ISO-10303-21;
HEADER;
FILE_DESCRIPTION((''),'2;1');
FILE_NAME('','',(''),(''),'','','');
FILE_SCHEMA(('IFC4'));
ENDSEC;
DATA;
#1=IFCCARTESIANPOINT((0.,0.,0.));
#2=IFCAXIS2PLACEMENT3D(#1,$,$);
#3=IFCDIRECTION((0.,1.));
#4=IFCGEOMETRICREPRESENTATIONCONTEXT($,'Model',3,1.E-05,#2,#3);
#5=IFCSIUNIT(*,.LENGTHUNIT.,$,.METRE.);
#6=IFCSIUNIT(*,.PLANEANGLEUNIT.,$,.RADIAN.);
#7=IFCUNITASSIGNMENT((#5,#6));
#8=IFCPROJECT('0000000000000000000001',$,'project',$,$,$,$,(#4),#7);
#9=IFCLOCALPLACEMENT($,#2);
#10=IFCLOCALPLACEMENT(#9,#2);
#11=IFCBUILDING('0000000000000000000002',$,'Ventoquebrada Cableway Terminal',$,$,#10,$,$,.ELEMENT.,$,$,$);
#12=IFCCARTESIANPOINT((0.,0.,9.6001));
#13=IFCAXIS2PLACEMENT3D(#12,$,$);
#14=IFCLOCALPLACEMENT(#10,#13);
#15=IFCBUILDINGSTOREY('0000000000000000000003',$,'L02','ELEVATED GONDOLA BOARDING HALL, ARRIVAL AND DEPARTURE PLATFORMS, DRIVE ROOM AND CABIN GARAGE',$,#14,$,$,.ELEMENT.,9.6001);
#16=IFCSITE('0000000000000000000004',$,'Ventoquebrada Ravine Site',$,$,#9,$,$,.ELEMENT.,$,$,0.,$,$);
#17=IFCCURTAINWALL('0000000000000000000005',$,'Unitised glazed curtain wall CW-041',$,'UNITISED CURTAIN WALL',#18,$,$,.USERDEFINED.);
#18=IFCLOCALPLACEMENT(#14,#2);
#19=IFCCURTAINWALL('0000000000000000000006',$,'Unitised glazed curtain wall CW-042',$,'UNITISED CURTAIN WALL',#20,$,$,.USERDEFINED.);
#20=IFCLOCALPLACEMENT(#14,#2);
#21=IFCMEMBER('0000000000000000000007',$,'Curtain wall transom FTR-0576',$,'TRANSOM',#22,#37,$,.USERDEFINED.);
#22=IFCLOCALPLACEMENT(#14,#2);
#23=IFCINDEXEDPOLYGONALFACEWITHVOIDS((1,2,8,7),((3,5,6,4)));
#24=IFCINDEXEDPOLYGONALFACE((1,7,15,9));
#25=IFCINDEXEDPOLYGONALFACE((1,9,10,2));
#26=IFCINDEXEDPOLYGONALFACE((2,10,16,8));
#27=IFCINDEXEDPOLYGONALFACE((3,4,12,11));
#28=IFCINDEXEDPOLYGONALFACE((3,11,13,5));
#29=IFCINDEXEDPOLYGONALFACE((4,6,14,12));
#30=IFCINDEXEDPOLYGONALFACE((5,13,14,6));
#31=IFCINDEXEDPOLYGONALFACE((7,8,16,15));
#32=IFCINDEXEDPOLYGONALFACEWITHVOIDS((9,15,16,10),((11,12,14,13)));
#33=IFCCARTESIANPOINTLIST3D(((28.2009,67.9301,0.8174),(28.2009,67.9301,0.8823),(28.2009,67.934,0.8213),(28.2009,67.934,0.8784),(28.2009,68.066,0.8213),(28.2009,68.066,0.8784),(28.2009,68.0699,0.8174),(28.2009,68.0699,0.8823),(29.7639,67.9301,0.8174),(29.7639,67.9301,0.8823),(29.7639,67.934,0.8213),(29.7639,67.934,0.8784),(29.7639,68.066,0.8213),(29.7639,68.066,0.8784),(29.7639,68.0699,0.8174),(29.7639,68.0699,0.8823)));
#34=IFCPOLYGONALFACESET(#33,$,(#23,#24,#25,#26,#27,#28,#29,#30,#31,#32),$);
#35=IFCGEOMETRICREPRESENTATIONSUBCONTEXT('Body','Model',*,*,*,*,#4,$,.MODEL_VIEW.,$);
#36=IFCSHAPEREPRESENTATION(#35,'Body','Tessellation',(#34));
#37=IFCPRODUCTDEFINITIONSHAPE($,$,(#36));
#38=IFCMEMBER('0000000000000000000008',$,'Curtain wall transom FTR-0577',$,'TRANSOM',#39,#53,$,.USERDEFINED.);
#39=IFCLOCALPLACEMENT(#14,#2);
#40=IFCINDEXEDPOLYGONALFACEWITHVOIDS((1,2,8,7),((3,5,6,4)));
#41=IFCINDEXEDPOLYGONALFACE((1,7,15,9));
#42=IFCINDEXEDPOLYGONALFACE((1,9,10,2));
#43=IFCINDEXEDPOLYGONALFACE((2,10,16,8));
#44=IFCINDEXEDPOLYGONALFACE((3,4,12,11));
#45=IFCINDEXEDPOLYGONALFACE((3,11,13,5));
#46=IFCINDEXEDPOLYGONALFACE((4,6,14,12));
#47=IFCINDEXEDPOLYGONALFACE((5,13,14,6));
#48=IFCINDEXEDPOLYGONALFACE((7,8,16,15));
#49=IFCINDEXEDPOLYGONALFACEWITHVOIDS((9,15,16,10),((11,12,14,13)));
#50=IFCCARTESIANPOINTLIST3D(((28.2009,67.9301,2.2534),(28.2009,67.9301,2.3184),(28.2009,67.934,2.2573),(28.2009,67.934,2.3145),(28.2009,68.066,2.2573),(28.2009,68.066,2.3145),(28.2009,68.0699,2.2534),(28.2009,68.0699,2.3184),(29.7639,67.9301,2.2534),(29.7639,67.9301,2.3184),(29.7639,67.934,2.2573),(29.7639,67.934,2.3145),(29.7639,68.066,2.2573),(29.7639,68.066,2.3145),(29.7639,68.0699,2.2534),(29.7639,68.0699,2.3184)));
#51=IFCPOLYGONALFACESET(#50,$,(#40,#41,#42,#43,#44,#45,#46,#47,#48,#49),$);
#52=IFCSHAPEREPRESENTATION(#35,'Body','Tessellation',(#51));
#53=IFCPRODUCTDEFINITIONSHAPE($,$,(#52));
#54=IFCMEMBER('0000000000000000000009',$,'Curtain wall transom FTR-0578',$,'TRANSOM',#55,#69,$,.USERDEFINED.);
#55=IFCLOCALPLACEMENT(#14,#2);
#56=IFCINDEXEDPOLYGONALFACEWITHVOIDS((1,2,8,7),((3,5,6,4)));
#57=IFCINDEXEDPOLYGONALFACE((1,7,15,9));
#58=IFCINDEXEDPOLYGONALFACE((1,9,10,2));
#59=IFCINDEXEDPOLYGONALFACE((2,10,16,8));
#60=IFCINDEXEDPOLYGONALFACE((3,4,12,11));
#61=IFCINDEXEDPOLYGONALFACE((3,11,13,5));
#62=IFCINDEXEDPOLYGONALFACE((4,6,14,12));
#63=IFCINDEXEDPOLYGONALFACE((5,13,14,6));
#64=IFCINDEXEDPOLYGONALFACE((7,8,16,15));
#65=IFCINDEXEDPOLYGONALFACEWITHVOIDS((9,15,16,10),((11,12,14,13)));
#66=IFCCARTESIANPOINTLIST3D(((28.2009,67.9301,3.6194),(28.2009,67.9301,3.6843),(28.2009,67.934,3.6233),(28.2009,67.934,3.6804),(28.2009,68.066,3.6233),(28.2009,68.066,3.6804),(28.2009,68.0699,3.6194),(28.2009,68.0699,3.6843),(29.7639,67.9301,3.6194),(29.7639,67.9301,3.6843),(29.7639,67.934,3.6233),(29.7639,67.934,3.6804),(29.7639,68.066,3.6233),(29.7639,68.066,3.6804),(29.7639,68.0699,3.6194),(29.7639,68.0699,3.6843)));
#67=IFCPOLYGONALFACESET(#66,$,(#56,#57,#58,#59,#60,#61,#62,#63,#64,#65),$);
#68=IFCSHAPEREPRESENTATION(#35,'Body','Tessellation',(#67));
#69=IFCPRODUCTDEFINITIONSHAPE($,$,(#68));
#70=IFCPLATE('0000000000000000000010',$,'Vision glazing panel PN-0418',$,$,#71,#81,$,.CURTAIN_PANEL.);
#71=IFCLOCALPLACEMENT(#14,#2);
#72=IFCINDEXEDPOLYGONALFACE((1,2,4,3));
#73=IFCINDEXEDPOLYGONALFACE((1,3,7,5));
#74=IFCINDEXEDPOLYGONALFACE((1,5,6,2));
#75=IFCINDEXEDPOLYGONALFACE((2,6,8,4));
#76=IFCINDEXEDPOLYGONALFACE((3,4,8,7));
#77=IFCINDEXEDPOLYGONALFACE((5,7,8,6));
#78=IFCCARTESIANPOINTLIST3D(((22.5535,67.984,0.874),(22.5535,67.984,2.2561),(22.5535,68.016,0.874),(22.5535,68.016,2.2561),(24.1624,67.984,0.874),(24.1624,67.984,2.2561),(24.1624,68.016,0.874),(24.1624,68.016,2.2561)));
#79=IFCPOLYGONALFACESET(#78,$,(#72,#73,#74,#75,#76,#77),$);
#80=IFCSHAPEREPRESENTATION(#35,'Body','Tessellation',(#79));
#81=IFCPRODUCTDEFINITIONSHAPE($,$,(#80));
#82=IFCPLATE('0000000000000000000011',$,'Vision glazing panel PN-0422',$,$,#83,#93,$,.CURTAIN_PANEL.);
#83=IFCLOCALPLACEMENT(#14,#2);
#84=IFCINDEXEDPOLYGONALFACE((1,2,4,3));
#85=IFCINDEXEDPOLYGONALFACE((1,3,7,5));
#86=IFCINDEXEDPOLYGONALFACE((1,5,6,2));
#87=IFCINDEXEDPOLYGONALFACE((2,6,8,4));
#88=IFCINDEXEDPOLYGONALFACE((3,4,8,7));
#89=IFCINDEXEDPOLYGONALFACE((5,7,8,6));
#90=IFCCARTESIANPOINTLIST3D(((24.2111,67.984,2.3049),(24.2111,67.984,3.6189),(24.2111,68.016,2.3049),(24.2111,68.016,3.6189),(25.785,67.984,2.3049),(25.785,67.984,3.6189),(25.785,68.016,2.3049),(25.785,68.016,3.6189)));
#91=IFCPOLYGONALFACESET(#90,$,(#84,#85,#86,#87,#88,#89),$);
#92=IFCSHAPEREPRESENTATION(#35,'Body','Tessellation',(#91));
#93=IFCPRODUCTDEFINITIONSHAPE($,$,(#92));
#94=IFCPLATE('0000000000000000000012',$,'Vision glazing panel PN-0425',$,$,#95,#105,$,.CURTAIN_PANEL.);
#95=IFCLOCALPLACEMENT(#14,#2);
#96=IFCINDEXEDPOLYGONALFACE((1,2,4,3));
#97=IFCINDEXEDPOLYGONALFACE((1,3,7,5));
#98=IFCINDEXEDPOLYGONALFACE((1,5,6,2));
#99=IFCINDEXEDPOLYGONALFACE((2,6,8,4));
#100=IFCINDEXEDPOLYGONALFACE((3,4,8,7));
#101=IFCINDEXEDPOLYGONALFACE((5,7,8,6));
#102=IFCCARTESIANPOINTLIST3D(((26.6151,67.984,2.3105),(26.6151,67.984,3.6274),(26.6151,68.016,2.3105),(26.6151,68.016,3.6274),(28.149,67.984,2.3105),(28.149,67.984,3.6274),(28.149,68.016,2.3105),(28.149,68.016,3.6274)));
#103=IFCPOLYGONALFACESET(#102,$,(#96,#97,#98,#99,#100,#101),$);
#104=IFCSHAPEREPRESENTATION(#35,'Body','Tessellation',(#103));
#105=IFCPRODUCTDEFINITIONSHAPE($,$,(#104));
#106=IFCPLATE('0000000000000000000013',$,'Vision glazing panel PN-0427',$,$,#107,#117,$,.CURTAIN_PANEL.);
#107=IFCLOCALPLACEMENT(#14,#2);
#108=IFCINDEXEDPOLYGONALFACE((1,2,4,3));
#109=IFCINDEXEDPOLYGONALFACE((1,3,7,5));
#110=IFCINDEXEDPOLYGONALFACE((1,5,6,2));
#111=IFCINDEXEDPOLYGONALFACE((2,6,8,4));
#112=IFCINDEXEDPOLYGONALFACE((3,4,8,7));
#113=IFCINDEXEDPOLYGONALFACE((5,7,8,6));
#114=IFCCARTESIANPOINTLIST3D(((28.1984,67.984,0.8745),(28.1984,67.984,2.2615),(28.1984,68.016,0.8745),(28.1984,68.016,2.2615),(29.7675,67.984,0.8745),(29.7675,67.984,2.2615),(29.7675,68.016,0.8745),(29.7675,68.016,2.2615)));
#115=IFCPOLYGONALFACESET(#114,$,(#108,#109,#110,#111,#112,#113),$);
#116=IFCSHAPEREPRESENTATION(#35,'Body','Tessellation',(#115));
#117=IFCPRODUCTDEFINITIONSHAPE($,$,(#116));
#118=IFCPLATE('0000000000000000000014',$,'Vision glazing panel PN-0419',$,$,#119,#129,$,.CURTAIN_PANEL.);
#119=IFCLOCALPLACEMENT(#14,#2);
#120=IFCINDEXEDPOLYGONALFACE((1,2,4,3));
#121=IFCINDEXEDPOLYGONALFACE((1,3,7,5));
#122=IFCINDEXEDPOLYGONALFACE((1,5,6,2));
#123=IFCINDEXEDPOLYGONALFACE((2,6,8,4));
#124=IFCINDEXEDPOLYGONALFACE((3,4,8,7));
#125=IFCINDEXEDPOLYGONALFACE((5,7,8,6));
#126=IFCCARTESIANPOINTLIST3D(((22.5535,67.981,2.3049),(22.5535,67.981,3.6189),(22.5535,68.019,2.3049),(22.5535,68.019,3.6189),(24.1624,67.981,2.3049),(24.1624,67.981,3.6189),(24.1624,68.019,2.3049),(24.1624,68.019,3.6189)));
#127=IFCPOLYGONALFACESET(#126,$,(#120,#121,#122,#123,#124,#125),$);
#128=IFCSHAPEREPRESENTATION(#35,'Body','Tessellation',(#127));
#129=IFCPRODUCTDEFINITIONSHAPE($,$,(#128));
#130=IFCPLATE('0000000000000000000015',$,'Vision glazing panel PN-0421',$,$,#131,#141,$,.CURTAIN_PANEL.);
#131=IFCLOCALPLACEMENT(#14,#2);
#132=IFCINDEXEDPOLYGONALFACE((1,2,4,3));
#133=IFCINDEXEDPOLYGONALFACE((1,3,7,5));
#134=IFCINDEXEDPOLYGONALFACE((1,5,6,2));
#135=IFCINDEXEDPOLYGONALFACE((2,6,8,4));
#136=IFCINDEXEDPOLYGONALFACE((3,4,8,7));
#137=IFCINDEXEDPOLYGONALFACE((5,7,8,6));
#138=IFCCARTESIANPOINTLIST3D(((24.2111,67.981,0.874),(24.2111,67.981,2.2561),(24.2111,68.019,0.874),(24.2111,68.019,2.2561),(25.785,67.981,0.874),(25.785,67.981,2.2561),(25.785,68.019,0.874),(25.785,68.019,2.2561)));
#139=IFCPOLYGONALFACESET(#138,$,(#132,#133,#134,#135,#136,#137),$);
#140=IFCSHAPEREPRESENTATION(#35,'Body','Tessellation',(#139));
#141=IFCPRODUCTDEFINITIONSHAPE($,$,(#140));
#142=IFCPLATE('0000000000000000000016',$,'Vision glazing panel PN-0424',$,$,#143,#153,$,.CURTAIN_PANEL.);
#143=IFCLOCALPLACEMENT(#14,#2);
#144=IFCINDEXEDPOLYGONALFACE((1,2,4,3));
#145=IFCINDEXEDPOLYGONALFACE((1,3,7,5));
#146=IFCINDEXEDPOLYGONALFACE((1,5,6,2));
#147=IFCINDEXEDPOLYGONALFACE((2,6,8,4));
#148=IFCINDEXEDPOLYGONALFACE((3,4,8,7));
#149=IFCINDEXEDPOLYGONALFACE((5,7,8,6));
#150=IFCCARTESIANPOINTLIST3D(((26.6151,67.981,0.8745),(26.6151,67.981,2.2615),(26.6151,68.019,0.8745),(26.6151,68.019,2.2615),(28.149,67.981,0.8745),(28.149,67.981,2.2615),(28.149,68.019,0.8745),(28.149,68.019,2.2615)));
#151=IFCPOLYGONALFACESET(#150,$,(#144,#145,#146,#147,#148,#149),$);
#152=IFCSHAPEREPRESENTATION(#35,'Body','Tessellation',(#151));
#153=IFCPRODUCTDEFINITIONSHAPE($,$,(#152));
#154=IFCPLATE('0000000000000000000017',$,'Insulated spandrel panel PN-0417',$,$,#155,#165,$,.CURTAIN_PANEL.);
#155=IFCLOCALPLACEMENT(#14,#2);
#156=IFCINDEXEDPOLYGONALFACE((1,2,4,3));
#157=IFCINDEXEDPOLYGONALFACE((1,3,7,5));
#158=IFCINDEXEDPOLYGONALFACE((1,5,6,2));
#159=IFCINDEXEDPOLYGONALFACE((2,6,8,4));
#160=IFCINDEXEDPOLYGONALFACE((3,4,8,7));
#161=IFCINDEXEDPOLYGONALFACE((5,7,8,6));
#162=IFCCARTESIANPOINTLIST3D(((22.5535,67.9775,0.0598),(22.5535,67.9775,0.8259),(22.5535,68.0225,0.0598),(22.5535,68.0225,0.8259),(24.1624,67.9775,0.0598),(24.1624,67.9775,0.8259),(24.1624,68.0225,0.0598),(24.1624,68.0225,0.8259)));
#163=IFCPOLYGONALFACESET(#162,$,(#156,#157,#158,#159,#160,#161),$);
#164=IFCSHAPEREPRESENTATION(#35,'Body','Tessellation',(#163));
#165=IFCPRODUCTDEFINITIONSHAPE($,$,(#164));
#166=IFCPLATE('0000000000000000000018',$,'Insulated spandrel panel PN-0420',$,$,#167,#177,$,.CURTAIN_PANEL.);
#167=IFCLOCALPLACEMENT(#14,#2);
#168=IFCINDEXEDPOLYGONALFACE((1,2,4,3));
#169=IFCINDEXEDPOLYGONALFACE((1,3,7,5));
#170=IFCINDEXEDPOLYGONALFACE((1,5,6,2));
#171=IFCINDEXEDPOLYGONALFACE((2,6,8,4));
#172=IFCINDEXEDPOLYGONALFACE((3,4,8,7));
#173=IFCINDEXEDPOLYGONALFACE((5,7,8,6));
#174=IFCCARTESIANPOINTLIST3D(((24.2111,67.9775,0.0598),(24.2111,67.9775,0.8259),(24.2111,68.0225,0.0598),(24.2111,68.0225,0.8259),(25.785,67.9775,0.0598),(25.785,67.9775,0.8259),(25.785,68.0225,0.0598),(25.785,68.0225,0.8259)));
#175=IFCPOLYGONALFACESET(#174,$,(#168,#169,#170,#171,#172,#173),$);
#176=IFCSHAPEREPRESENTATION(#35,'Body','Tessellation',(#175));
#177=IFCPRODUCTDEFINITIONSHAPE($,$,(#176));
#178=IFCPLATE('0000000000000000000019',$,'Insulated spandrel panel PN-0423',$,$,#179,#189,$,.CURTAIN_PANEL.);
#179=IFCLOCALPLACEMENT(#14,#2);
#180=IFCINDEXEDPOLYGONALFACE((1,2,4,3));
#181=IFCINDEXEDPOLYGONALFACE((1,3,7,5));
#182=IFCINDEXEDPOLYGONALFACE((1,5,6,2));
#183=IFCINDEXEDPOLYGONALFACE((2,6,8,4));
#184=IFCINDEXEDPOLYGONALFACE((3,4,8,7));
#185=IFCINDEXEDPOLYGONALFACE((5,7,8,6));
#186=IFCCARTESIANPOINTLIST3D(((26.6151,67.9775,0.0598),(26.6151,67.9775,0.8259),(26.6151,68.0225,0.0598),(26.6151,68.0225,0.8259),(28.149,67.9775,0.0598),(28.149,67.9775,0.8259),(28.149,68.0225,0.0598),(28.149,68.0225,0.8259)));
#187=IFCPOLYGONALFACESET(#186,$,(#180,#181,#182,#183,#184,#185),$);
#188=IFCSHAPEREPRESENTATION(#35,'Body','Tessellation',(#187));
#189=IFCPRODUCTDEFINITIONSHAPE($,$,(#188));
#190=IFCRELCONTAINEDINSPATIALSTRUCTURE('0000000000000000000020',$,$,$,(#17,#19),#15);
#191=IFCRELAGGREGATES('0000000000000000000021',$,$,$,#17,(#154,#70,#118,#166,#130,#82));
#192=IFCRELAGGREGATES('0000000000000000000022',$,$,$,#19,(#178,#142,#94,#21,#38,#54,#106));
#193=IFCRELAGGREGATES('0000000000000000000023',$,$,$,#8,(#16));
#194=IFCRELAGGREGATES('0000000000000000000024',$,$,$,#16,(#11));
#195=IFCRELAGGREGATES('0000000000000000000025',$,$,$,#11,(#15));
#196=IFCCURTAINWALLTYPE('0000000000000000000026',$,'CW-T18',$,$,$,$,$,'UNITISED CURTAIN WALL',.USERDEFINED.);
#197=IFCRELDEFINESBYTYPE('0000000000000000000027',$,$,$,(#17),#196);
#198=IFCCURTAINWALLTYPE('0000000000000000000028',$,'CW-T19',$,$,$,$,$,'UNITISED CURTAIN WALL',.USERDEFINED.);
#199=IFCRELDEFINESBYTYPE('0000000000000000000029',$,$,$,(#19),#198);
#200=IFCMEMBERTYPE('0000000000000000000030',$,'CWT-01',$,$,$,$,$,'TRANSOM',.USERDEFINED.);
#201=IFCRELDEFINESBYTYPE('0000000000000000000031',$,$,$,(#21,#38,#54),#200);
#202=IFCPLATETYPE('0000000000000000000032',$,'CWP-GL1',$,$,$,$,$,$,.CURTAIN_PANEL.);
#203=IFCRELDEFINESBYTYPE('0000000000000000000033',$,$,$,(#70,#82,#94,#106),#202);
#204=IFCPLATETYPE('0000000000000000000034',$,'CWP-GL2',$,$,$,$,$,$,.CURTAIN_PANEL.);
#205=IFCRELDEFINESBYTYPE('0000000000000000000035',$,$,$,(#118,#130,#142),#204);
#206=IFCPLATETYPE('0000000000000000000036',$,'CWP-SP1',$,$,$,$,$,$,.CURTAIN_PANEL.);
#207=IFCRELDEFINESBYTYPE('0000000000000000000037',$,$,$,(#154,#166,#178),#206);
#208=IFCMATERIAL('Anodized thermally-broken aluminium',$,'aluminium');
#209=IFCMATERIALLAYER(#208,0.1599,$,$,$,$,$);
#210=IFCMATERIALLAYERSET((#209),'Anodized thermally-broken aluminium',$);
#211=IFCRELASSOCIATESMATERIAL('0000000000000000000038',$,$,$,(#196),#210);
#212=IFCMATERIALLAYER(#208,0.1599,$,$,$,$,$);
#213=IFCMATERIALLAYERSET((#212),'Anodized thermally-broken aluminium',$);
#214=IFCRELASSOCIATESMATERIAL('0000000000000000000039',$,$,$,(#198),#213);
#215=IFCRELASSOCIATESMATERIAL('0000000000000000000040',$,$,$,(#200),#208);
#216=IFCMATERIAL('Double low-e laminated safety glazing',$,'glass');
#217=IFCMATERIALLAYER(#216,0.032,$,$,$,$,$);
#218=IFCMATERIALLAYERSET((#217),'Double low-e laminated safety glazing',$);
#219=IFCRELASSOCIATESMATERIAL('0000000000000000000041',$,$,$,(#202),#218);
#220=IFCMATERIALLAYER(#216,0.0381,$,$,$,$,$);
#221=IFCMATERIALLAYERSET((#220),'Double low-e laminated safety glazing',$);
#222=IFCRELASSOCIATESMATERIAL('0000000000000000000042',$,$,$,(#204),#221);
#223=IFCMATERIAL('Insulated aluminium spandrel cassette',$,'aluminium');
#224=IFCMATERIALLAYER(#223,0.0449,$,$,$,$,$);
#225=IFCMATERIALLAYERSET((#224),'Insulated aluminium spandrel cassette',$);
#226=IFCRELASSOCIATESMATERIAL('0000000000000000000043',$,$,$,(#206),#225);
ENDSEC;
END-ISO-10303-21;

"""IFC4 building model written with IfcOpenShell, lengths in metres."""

from ifc_helpers import new_model, si_unit, direction, frame, origin, origin_2d, place, context, subcontext, project, spatial, rectangle, hollow_rectangle, extrude, material, layer, layer_set, material_profile, profile_set, type_object, element, aggregate, save


model = new_model("IFC4")

# Units and contexts
model_context = context("Model", 3, precision=1e-05, world=origin(), true_north=direction((0.0, 1.0)))
body_context = subcontext(model_context, "Body", "Model", "MODEL_VIEW")
ifc_project = project(units=[si_unit("LENGTHUNIT", "METRE"), si_unit("PLANEANGLEUNIT", "RADIAN")], contexts=[model_context])

# Site, building, storey
site_placement = place(None, origin())
site = spatial("IfcSite", under=ifc_project, at=site_placement, Name="Ventoquebrada Ravine Site", CompositionType="ELEMENT", RefElevation=0.0)
building_placement = place(site_placement, origin())
building = spatial("IfcBuilding", under=site, at=building_placement, Name="Ventoquebrada Cableway Terminal", CompositionType="ELEMENT")
storey_placement = place(building_placement, frame((0.0, 0.0, 9.6001)))
storey = spatial("IfcBuildingStorey", under=building, at=storey_placement, Name="L02", Description="ELEVATED GONDOLA BOARDING HALL, ARRIVAL AND DEPARTURE PLATFORMS, DRIVE ROOM AND CABIN GARAGE", CompositionType="ELEMENT", Elevation=9.6001)

# Curtain walls
ifc_material_1 = material(Name="Anodized thermally-broken aluminium", Category="aluminium")
ifc_layer_1 = layer(ifc_material_1, 0.1599)
ifc_layer_set_1 = layer_set([ifc_layer_1], Name="Anodized thermally-broken aluminium")
curtain_wall_type_1 = type_object("IfcCurtainWallType", Name="CW-T18", ElementType="UNITISED CURTAIN WALL", PredefinedType="USERDEFINED", material=ifc_layer_set_1)
curtain_wall_1_placement = place(storey_placement, origin())
curtain_wall_1 = element("IfcCurtainWall", 1, at=curtain_wall_1_placement, inside=storey, type_object=curtain_wall_type_1, Name="Unitised glazed curtain wall CW-041", ObjectType="UNITISED CURTAIN WALL", PredefinedType="USERDEFINED")
ifc_layer_2 = layer(ifc_material_1, 0.1599)
ifc_layer_set_2 = layer_set([ifc_layer_2], Name="Anodized thermally-broken aluminium")
curtain_wall_type_2 = type_object("IfcCurtainWallType", Name="CW-T19", ElementType="UNITISED CURTAIN WALL", PredefinedType="USERDEFINED", material=ifc_layer_set_2)
curtain_wall_2_placement = place(storey_placement, origin())
curtain_wall_2 = element("IfcCurtainWall", 2, at=curtain_wall_2_placement, inside=storey, type_object=curtain_wall_type_2, Name="Unitised glazed curtain wall CW-042", ObjectType="UNITISED CURTAIN WALL", PredefinedType="USERDEFINED")

# Members
ifc_material_profile_1 = material_profile(ifc_material_1, hollow_rectangle(XDim=0.0649, YDim=0.1399, WallThickness=0.0039, at=origin_2d()), Name="CW-TRN-65X140")
ifc_profile_set_1 = profile_set([ifc_material_profile_1], Name="Anodized thermally-broken aluminium")
member_type_1 = type_object("IfcMemberType", Name="CWT-01", ElementType="TRANSOM", PredefinedType="USERDEFINED", material=ifc_profile_set_1)
member_1_placement = place(storey_placement, frame((28.2009, 68.0, 0.8499), z_axis=(1.0, 0.0, 0.0), x_axis=(0.0, 0.0, 1.0)))
member_1 = element("IfcMember", 3, at=member_1_placement, type_object=member_type_1, Name="Curtain wall transom FTR-0576", ObjectType="TRANSOM", PredefinedType="USERDEFINED", context=body_context, shape_type="SweptSolid", body=[
    extrude(hollow_rectangle(XDim=0.0649, YDim=0.1399, WallThickness=0.0039, at=origin_2d()), origin(), (0.0, 0.0, 1.0), 1.563),
])
member_2_placement = place(storey_placement, frame((28.2009, 68.0, 2.2859), z_axis=(1.0, 0.0, 0.0), x_axis=(0.0, 0.0, 1.0)))
member_2 = element("IfcMember", 4, at=member_2_placement, type_object=member_type_1, Name="Curtain wall transom FTR-0577", ObjectType="TRANSOM", PredefinedType="USERDEFINED", context=body_context, shape_type="SweptSolid", body=[
    extrude(hollow_rectangle(XDim=0.0649, YDim=0.1399, WallThickness=0.0039, at=origin_2d()), origin(), (0.0, 0.0, 1.0), 1.563),
])
member_3_placement = place(storey_placement, frame((28.2009, 68.0, 3.6519), z_axis=(1.0, 0.0, 0.0), x_axis=(0.0, 0.0, 1.0)))
member_3 = element("IfcMember", 5, at=member_3_placement, type_object=member_type_1, Name="Curtain wall transom FTR-0578", ObjectType="TRANSOM", PredefinedType="USERDEFINED", context=body_context, shape_type="SweptSolid", body=[
    extrude(hollow_rectangle(XDim=0.0649, YDim=0.1399, WallThickness=0.0039, at=origin_2d()), origin(), (0.0, 0.0, 1.0), 1.563),
])

# Plates
ifc_material_2 = material(Name="Double low-e laminated safety glazing", Category="glass")
ifc_layer_3 = layer(ifc_material_2, 0.032)
ifc_layer_set_3 = layer_set([ifc_layer_3], Name="Double low-e laminated safety glazing")
plate_type_1 = type_object("IfcPlateType", Name="CWP-GL1", PredefinedType="CURTAIN_PANEL", material=ifc_layer_set_3)
plate_1_placement = place(storey_placement, frame((23.3579, 68.0, 0.874), z_axis=(0.0, 0.0, 1.0), x_axis=(1.0, 0.0, 0.0)))
plate_1 = element("IfcPlate", 6, at=plate_1_placement, type_object=plate_type_1, Name="Vision glazing panel PN-0418", PredefinedType="CURTAIN_PANEL", context=body_context, shape_type="SweptSolid", body=[
    extrude(rectangle(XDim=1.6089, YDim=0.032, at=origin_2d()), origin(), (0.0, 0.0, 1.0), 1.3821),
])
plate_2_placement = place(storey_placement, frame((24.998, 68.0, 2.3049), z_axis=(0.0, 0.0, 1.0), x_axis=(1.0, 0.0, 0.0)))
plate_2 = element("IfcPlate", 7, at=plate_2_placement, type_object=plate_type_1, Name="Vision glazing panel PN-0422", PredefinedType="CURTAIN_PANEL", context=body_context, shape_type="SweptSolid", body=[
    extrude(rectangle(XDim=1.574, YDim=0.032, at=origin_2d()), origin(), (0.0, 0.0, 1.0), 1.314),
])
plate_3_placement = place(storey_placement, frame((27.3821, 68.0, 2.3105), z_axis=(0.0, 0.0, 1.0), x_axis=(1.0, 0.0, 0.0)))
plate_3 = element("IfcPlate", 8, at=plate_3_placement, type_object=plate_type_1, Name="Vision glazing panel PN-0425", PredefinedType="CURTAIN_PANEL", context=body_context, shape_type="SweptSolid", body=[
    extrude(rectangle(XDim=1.5339, YDim=0.032, at=origin_2d()), origin(), (0.0, 0.0, 1.0), 1.3169),
])
plate_4_placement = place(storey_placement, frame((28.9829, 68.0, 0.8745), z_axis=(0.0, 0.0, 1.0), x_axis=(1.0, 0.0, 0.0)))
plate_4 = element("IfcPlate", 9, at=plate_4_placement, type_object=plate_type_1, Name="Vision glazing panel PN-0427", PredefinedType="CURTAIN_PANEL", context=body_context, shape_type="SweptSolid", body=[
    extrude(rectangle(XDim=1.5691, YDim=0.032, at=origin_2d()), origin(), (0.0, 0.0, 1.0), 1.387),
])
ifc_layer_4 = layer(ifc_material_2, 0.0381)
ifc_layer_set_4 = layer_set([ifc_layer_4], Name="Double low-e laminated safety glazing")
plate_type_2 = type_object("IfcPlateType", Name="CWP-GL2", PredefinedType="CURTAIN_PANEL", material=ifc_layer_set_4)
plate_5_placement = place(storey_placement, frame((23.3579, 68.0, 2.3049), z_axis=(0.0, 0.0, 1.0), x_axis=(1.0, 0.0, 0.0)))
plate_5 = element("IfcPlate", 10, at=plate_5_placement, type_object=plate_type_2, Name="Vision glazing panel PN-0419", PredefinedType="CURTAIN_PANEL", context=body_context, shape_type="SweptSolid", body=[
    extrude(rectangle(XDim=1.6089, YDim=0.0381, at=origin_2d()), origin(), (0.0, 0.0, 1.0), 1.314),
])
plate_6_placement = place(storey_placement, frame((24.998, 68.0, 0.874), z_axis=(0.0, 0.0, 1.0), x_axis=(1.0, 0.0, 0.0)))
plate_6 = element("IfcPlate", 11, at=plate_6_placement, type_object=plate_type_2, Name="Vision glazing panel PN-0421", PredefinedType="CURTAIN_PANEL", context=body_context, shape_type="SweptSolid", body=[
    extrude(rectangle(XDim=1.574, YDim=0.0381, at=origin_2d()), origin(), (0.0, 0.0, 1.0), 1.3821),
])
plate_7_placement = place(storey_placement, frame((27.3821, 68.0, 0.8745), z_axis=(0.0, 0.0, 1.0), x_axis=(1.0, 0.0, 0.0)))
plate_7 = element("IfcPlate", 12, at=plate_7_placement, type_object=plate_type_2, Name="Vision glazing panel PN-0424", PredefinedType="CURTAIN_PANEL", context=body_context, shape_type="SweptSolid", body=[
    extrude(rectangle(XDim=1.5339, YDim=0.0381, at=origin_2d()), origin(), (0.0, 0.0, 1.0), 1.387),
])
ifc_material_3 = material(Name="Insulated aluminium spandrel cassette", Category="aluminium")
ifc_layer_5 = layer(ifc_material_3, 0.0449)
ifc_layer_set_5 = layer_set([ifc_layer_5], Name="Insulated aluminium spandrel cassette")
plate_type_3 = type_object("IfcPlateType", Name="CWP-SP1", PredefinedType="CURTAIN_PANEL", material=ifc_layer_set_5)
plate_8_placement = place(storey_placement, frame((23.3579, 68.0, 0.0598), z_axis=(0.0, 0.0, 1.0), x_axis=(1.0, 0.0, 0.0)))
plate_8 = element("IfcPlate", 13, at=plate_8_placement, type_object=plate_type_3, Name="Insulated spandrel panel PN-0417", PredefinedType="CURTAIN_PANEL", context=body_context, shape_type="SweptSolid", body=[
    extrude(rectangle(XDim=1.6089, YDim=0.0449, at=origin_2d()), origin(), (0.0, 0.0, 1.0), 0.7661),
])
plate_9_placement = place(storey_placement, frame((24.998, 68.0, 0.0598), z_axis=(0.0, 0.0, 1.0), x_axis=(1.0, 0.0, 0.0)))
plate_9 = element("IfcPlate", 14, at=plate_9_placement, type_object=plate_type_3, Name="Insulated spandrel panel PN-0420", PredefinedType="CURTAIN_PANEL", context=body_context, shape_type="SweptSolid", body=[
    extrude(rectangle(XDim=1.574, YDim=0.0449, at=origin_2d()), origin(), (0.0, 0.0, 1.0), 0.7661),
])
aggregate(curtain_wall_1, [plate_8, plate_1, plate_5, plate_9, plate_6, plate_2])
plate_10_placement = place(storey_placement, frame((27.3821, 68.0, 0.0598), z_axis=(0.0, 0.0, 1.0), x_axis=(1.0, 0.0, 0.0)))
plate_10 = element("IfcPlate", 15, at=plate_10_placement, type_object=plate_type_3, Name="Insulated spandrel panel PN-0423", PredefinedType="CURTAIN_PANEL", context=body_context, shape_type="SweptSolid", body=[
    extrude(rectangle(XDim=1.5339, YDim=0.0449, at=origin_2d()), origin(), (0.0, 0.0, 1.0), 0.7661),
])
aggregate(curtain_wall_2, [plate_10, plate_7, plate_3, member_1, member_2, member_3, plate_4])

save(model, "model.ifc")
